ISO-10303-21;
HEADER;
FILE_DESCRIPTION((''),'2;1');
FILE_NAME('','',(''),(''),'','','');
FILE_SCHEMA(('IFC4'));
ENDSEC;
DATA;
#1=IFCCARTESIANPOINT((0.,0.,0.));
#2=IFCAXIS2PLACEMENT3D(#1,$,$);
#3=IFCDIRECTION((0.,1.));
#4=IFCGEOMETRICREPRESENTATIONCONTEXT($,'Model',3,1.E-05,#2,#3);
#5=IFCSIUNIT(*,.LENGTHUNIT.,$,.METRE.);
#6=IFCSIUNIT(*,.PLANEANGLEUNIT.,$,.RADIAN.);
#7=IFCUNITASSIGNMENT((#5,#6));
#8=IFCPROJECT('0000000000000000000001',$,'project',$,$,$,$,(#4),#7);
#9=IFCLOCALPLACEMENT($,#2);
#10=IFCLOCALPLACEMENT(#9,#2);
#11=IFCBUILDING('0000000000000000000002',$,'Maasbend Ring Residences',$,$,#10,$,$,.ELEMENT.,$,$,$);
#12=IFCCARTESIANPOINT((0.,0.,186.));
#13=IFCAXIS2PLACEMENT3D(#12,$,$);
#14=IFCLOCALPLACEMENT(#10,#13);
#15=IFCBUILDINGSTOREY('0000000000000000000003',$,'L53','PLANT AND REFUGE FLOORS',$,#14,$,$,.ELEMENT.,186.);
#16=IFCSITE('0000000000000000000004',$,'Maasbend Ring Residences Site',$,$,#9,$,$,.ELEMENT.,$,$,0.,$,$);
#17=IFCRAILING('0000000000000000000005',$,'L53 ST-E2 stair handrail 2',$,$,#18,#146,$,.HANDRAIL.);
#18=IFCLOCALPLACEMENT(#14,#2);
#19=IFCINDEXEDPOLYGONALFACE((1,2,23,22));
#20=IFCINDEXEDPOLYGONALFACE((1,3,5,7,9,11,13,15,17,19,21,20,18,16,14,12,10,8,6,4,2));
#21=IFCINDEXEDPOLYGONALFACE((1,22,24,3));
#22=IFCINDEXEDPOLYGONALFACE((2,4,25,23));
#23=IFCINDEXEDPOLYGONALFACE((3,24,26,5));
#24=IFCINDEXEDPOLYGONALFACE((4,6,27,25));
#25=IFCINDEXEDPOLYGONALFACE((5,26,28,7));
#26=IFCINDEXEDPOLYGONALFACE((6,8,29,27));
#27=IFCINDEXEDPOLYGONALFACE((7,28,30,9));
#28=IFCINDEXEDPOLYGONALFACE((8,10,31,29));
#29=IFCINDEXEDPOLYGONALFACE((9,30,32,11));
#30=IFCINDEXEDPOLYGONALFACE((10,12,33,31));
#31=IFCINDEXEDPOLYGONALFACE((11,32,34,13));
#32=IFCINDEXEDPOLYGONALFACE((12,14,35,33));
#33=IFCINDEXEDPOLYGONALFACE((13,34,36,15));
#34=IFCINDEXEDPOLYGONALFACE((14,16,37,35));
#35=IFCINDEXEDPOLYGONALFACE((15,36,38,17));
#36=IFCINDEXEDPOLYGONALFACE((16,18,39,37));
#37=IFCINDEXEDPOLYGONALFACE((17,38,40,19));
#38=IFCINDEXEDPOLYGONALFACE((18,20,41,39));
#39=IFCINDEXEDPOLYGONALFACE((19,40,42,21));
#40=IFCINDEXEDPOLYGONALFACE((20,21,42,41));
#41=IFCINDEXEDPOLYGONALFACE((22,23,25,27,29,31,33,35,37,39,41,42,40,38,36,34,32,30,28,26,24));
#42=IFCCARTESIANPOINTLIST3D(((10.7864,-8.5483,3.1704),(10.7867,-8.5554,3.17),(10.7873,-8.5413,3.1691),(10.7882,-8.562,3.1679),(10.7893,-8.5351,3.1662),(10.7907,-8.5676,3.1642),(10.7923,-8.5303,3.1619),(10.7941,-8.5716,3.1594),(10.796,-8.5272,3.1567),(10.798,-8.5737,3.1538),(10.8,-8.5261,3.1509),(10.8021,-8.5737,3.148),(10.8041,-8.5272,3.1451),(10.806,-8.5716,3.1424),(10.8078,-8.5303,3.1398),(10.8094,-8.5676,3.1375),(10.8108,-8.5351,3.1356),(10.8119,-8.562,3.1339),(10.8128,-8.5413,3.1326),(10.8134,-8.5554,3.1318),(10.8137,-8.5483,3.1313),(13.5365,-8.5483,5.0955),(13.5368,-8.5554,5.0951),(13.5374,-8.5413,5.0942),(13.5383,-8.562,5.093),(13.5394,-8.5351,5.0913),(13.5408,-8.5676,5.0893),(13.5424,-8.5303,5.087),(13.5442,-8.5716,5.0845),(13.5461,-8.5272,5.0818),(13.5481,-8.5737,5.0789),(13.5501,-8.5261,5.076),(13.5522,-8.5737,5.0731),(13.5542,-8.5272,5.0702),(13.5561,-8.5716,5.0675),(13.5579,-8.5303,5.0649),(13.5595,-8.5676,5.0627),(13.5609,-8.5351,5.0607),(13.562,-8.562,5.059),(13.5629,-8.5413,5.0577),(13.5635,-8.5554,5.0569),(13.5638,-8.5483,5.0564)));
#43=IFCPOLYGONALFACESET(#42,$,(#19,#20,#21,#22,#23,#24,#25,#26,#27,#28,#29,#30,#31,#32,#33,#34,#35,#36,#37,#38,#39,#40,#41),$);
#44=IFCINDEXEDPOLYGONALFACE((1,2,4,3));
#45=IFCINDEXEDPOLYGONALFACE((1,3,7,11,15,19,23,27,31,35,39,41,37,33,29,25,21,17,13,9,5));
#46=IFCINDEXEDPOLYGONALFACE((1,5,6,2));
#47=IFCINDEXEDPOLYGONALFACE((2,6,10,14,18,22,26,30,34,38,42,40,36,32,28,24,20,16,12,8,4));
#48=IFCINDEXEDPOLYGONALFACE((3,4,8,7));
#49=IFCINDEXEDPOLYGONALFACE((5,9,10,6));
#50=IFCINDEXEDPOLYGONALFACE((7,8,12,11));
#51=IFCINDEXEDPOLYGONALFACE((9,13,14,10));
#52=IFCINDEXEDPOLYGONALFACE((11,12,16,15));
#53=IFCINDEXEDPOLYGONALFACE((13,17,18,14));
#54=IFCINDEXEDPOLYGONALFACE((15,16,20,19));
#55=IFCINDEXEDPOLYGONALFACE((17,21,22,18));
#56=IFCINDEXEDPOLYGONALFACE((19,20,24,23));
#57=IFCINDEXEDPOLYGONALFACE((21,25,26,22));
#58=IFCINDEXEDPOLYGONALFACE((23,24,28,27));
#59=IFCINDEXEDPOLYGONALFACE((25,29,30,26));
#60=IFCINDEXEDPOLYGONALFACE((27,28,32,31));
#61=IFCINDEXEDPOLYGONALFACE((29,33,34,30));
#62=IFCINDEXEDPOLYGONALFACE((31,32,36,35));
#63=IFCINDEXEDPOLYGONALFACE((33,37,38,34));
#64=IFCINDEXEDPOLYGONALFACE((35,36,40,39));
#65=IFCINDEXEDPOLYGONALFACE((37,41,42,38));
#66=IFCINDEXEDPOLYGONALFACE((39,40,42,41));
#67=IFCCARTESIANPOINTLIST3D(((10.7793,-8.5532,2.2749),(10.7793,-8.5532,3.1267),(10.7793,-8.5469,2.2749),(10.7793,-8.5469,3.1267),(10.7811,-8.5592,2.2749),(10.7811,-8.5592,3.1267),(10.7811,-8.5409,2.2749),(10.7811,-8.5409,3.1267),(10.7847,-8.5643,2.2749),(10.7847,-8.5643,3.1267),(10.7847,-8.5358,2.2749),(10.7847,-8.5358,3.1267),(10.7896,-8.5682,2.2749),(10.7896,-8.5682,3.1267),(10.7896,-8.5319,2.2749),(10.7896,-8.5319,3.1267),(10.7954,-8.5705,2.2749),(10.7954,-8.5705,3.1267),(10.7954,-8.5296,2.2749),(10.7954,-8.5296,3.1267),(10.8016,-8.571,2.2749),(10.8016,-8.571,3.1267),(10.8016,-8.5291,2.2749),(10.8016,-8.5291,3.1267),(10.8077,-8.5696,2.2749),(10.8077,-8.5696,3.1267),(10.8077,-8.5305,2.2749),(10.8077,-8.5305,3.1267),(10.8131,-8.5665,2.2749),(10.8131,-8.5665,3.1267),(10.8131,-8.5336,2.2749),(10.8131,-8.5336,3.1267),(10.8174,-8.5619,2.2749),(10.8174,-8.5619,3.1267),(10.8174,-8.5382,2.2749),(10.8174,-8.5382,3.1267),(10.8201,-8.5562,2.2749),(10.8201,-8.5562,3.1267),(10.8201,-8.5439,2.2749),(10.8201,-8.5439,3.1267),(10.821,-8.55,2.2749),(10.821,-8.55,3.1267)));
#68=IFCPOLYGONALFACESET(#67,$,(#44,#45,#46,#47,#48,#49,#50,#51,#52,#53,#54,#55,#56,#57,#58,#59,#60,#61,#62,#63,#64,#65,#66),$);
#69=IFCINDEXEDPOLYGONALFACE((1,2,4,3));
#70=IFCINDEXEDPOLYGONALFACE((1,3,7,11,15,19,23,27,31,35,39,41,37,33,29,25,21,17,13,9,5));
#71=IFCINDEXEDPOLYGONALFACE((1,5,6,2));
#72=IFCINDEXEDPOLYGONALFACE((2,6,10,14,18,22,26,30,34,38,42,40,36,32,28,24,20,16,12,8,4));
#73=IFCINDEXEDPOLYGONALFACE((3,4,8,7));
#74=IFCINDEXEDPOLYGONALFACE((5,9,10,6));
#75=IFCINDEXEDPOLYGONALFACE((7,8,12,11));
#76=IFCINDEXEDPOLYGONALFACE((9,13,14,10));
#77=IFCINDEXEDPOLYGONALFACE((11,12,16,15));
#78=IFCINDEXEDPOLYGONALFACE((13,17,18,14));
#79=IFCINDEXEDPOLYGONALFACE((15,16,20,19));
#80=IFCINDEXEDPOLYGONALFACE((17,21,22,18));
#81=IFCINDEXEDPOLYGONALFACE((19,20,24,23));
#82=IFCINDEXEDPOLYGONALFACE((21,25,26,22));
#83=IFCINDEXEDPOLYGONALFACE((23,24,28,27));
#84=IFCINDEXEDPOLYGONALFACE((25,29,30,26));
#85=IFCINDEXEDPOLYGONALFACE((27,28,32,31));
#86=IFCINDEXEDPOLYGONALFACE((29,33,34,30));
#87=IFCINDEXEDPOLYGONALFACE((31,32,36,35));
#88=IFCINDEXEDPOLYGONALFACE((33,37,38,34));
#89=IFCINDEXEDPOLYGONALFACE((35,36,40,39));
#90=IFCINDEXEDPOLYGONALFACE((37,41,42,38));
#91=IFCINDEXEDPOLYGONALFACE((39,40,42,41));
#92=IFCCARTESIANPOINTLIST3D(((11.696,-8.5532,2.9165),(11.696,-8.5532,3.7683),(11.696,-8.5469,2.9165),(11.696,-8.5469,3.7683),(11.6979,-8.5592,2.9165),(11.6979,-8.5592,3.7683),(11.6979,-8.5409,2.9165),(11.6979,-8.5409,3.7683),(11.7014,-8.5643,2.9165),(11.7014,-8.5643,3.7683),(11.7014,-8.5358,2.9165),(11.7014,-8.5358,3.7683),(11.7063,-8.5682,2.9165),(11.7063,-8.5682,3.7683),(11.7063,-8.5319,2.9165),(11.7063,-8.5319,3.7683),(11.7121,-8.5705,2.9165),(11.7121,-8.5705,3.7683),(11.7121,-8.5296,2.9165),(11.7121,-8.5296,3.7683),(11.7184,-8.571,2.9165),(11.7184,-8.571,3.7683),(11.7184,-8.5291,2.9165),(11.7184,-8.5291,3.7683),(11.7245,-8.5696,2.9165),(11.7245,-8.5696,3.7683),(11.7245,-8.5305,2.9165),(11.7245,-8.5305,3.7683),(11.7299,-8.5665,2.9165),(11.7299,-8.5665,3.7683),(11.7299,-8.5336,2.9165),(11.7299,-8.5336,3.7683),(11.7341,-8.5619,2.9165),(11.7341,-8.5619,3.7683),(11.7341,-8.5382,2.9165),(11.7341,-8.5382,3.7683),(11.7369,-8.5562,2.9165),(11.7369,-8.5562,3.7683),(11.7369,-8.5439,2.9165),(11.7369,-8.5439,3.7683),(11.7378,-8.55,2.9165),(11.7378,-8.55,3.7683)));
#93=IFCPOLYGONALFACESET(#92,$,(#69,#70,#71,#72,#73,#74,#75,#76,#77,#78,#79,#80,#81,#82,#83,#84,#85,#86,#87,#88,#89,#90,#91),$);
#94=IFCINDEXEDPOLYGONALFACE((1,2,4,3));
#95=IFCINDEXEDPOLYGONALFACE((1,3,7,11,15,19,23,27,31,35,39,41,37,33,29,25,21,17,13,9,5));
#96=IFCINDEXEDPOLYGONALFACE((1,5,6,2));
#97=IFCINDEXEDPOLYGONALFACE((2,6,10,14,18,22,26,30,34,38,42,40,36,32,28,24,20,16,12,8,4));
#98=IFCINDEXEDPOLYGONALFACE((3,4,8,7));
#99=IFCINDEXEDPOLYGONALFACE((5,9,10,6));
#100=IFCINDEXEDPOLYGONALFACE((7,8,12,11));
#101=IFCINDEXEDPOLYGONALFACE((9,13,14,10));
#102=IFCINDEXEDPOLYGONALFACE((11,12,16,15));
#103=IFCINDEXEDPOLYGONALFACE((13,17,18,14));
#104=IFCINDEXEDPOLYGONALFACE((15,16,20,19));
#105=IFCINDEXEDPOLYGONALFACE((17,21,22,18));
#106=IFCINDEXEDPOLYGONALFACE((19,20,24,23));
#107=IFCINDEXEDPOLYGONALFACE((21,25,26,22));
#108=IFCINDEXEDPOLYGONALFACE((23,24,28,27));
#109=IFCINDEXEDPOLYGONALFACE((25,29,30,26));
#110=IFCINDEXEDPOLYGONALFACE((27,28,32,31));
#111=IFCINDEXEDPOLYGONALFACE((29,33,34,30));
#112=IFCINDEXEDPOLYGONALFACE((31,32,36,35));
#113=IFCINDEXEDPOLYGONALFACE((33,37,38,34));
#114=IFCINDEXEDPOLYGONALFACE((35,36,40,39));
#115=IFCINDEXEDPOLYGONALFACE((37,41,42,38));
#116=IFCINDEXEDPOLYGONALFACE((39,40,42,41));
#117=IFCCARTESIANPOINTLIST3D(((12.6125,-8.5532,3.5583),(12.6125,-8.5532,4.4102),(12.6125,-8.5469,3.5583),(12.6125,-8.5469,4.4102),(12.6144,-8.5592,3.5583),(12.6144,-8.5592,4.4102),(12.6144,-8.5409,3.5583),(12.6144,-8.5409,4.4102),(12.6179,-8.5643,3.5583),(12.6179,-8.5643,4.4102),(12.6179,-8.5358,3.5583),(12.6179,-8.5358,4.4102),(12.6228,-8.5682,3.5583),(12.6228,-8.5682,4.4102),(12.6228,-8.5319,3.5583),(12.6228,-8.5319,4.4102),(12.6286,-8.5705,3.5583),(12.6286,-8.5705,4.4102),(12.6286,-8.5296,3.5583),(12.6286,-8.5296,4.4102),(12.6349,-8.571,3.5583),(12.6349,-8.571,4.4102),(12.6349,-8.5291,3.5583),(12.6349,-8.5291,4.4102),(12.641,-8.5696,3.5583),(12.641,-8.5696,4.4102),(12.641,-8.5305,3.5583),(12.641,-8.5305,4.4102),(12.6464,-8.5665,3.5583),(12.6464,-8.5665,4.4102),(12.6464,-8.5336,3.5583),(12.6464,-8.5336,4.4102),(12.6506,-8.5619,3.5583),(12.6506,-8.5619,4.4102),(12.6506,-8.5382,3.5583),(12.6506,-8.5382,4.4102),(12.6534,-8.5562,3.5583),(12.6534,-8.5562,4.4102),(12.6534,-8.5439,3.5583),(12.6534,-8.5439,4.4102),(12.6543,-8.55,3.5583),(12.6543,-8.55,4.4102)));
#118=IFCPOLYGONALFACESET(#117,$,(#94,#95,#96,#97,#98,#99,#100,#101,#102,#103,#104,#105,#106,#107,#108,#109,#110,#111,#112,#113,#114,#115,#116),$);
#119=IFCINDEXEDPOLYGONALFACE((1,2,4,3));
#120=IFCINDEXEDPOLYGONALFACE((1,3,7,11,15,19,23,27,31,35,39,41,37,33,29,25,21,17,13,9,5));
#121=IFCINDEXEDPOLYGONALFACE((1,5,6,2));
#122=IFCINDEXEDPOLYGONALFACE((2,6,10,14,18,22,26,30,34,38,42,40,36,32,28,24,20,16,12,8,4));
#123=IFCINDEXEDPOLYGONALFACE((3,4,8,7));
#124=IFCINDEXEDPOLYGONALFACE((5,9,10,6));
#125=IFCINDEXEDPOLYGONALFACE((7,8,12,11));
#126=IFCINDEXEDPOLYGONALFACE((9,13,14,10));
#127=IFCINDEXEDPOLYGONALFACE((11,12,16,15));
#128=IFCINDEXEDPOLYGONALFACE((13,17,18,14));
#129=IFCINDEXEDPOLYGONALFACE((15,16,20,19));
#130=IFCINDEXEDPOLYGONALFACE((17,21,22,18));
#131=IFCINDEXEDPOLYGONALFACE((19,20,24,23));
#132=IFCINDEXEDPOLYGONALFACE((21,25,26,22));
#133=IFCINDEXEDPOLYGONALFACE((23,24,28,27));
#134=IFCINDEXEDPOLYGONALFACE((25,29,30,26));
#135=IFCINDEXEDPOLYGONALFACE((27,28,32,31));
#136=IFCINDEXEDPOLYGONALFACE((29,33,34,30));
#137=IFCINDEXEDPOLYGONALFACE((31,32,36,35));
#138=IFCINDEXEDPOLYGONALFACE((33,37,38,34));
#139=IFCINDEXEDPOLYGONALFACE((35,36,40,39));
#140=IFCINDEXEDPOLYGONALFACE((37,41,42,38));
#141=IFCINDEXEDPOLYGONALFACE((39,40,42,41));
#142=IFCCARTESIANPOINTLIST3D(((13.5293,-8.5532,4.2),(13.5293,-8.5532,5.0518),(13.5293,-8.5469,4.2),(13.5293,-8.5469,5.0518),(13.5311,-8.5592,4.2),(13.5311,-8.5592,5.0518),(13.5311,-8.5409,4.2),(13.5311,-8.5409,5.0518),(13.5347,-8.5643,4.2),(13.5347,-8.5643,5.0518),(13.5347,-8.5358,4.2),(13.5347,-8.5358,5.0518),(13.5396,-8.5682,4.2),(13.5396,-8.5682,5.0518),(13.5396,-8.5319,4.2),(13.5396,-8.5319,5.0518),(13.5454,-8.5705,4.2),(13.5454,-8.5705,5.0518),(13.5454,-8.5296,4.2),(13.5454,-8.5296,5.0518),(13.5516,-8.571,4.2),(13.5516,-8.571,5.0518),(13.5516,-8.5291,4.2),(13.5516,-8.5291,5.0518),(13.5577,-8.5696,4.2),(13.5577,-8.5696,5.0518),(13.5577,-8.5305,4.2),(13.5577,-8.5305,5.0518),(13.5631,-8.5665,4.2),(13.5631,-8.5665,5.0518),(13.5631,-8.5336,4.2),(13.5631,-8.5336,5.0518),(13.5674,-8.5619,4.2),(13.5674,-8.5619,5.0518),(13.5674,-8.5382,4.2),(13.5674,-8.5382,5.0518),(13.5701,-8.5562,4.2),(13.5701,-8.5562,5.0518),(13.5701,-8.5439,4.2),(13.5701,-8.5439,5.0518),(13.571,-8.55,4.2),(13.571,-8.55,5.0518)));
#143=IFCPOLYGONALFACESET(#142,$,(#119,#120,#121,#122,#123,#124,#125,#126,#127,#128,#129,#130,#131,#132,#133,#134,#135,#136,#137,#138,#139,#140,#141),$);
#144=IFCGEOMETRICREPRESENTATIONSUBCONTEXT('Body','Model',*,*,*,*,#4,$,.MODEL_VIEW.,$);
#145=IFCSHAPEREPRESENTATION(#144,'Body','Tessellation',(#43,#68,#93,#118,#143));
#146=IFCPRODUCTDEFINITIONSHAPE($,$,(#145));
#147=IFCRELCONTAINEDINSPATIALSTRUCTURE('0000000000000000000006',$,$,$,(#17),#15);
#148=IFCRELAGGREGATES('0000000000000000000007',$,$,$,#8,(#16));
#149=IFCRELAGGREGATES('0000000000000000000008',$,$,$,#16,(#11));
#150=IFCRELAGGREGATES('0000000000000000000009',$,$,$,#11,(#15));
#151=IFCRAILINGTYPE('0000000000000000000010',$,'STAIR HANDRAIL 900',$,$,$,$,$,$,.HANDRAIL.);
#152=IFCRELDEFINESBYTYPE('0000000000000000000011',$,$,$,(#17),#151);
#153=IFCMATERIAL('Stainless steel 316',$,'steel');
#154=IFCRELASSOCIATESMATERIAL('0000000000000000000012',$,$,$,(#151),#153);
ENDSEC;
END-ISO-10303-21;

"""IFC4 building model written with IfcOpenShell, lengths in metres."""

from ifc_helpers import new_model, si_unit, direction, frame, origin, origin_2d, place, context, subcontext, project, spatial, circle, extrude, material, type_object, element, save


model = new_model("IFC4")

# Units and contexts
model_context = context("Model", 3, precision=1e-05, world=origin(), true_north=direction((0.0, 1.0)))
body_context = subcontext(model_context, "Body", "Model", "MODEL_VIEW")
ifc_project = project(units=[si_unit("LENGTHUNIT", "METRE"), si_unit("PLANEANGLEUNIT", "RADIAN")], contexts=[model_context])

# Site, building, storey
site_placement = place(None, origin())
site = spatial("IfcSite", under=ifc_project, at=site_placement, Name="Maasbend Ring Residences Site", CompositionType="ELEMENT", RefElevation=0.0)
building_placement = place(site_placement, origin())
building = spatial("IfcBuilding", under=site, at=building_placement, Name="Maasbend Ring Residences", CompositionType="ELEMENT")
storey_placement = place(building_placement, frame((0.0, 0.0, 186.0)))
storey = spatial("IfcBuildingStorey", under=building, at=storey_placement, Name="L53", Description="PLANT AND REFUGE FLOORS", CompositionType="ELEMENT", Elevation=186.0)

# Railing
ifc_material_1 = material(Name="Stainless steel 316", Category="steel")
railing_type_1 = type_object("IfcRailingType", Name="STAIR HANDRAIL 900", PredefinedType="HANDRAIL", material=ifc_material_1)
railing_1_placement = place(storey_placement, frame((10.8, -8.55, 2.2749)))
element("IfcRailing", 1, at=railing_1_placement, inside=storey, type_object=railing_type_1, Name="L53 ST-E2 stair handrail 2", PredefinedType="HANDRAIL", context=body_context, shape_type="SweptSolid", body=[
    extrude(circle(Radius=0.0239, at=origin_2d()), frame((0.0, 0.0, 0.876), z_axis=(0.819225, 0.0, 0.573472), x_axis=(0.0, 1.0, 0.0)), (0.0, 0.0, 1.0), 3.3569),
    extrude(circle(Radius=0.021, at=origin_2d()), origin(), (0.0, 0.0, 1.0), 0.8518),
    extrude(circle(Radius=0.021, at=origin_2d()), frame((0.9167, 0.0, 0.6416)), (0.0, 0.0, 1.0), 0.8518),
    extrude(circle(Radius=0.021, at=origin_2d()), frame((1.8333, 0.0, 1.2834)), (0.0, 0.0, 1.0), 0.8518),
    extrude(circle(Radius=0.021, at=origin_2d()), frame((2.75, 0.0, 1.925)), (0.0, 0.0, 1.0), 0.8518),
])

save(model, "model.ifc")
